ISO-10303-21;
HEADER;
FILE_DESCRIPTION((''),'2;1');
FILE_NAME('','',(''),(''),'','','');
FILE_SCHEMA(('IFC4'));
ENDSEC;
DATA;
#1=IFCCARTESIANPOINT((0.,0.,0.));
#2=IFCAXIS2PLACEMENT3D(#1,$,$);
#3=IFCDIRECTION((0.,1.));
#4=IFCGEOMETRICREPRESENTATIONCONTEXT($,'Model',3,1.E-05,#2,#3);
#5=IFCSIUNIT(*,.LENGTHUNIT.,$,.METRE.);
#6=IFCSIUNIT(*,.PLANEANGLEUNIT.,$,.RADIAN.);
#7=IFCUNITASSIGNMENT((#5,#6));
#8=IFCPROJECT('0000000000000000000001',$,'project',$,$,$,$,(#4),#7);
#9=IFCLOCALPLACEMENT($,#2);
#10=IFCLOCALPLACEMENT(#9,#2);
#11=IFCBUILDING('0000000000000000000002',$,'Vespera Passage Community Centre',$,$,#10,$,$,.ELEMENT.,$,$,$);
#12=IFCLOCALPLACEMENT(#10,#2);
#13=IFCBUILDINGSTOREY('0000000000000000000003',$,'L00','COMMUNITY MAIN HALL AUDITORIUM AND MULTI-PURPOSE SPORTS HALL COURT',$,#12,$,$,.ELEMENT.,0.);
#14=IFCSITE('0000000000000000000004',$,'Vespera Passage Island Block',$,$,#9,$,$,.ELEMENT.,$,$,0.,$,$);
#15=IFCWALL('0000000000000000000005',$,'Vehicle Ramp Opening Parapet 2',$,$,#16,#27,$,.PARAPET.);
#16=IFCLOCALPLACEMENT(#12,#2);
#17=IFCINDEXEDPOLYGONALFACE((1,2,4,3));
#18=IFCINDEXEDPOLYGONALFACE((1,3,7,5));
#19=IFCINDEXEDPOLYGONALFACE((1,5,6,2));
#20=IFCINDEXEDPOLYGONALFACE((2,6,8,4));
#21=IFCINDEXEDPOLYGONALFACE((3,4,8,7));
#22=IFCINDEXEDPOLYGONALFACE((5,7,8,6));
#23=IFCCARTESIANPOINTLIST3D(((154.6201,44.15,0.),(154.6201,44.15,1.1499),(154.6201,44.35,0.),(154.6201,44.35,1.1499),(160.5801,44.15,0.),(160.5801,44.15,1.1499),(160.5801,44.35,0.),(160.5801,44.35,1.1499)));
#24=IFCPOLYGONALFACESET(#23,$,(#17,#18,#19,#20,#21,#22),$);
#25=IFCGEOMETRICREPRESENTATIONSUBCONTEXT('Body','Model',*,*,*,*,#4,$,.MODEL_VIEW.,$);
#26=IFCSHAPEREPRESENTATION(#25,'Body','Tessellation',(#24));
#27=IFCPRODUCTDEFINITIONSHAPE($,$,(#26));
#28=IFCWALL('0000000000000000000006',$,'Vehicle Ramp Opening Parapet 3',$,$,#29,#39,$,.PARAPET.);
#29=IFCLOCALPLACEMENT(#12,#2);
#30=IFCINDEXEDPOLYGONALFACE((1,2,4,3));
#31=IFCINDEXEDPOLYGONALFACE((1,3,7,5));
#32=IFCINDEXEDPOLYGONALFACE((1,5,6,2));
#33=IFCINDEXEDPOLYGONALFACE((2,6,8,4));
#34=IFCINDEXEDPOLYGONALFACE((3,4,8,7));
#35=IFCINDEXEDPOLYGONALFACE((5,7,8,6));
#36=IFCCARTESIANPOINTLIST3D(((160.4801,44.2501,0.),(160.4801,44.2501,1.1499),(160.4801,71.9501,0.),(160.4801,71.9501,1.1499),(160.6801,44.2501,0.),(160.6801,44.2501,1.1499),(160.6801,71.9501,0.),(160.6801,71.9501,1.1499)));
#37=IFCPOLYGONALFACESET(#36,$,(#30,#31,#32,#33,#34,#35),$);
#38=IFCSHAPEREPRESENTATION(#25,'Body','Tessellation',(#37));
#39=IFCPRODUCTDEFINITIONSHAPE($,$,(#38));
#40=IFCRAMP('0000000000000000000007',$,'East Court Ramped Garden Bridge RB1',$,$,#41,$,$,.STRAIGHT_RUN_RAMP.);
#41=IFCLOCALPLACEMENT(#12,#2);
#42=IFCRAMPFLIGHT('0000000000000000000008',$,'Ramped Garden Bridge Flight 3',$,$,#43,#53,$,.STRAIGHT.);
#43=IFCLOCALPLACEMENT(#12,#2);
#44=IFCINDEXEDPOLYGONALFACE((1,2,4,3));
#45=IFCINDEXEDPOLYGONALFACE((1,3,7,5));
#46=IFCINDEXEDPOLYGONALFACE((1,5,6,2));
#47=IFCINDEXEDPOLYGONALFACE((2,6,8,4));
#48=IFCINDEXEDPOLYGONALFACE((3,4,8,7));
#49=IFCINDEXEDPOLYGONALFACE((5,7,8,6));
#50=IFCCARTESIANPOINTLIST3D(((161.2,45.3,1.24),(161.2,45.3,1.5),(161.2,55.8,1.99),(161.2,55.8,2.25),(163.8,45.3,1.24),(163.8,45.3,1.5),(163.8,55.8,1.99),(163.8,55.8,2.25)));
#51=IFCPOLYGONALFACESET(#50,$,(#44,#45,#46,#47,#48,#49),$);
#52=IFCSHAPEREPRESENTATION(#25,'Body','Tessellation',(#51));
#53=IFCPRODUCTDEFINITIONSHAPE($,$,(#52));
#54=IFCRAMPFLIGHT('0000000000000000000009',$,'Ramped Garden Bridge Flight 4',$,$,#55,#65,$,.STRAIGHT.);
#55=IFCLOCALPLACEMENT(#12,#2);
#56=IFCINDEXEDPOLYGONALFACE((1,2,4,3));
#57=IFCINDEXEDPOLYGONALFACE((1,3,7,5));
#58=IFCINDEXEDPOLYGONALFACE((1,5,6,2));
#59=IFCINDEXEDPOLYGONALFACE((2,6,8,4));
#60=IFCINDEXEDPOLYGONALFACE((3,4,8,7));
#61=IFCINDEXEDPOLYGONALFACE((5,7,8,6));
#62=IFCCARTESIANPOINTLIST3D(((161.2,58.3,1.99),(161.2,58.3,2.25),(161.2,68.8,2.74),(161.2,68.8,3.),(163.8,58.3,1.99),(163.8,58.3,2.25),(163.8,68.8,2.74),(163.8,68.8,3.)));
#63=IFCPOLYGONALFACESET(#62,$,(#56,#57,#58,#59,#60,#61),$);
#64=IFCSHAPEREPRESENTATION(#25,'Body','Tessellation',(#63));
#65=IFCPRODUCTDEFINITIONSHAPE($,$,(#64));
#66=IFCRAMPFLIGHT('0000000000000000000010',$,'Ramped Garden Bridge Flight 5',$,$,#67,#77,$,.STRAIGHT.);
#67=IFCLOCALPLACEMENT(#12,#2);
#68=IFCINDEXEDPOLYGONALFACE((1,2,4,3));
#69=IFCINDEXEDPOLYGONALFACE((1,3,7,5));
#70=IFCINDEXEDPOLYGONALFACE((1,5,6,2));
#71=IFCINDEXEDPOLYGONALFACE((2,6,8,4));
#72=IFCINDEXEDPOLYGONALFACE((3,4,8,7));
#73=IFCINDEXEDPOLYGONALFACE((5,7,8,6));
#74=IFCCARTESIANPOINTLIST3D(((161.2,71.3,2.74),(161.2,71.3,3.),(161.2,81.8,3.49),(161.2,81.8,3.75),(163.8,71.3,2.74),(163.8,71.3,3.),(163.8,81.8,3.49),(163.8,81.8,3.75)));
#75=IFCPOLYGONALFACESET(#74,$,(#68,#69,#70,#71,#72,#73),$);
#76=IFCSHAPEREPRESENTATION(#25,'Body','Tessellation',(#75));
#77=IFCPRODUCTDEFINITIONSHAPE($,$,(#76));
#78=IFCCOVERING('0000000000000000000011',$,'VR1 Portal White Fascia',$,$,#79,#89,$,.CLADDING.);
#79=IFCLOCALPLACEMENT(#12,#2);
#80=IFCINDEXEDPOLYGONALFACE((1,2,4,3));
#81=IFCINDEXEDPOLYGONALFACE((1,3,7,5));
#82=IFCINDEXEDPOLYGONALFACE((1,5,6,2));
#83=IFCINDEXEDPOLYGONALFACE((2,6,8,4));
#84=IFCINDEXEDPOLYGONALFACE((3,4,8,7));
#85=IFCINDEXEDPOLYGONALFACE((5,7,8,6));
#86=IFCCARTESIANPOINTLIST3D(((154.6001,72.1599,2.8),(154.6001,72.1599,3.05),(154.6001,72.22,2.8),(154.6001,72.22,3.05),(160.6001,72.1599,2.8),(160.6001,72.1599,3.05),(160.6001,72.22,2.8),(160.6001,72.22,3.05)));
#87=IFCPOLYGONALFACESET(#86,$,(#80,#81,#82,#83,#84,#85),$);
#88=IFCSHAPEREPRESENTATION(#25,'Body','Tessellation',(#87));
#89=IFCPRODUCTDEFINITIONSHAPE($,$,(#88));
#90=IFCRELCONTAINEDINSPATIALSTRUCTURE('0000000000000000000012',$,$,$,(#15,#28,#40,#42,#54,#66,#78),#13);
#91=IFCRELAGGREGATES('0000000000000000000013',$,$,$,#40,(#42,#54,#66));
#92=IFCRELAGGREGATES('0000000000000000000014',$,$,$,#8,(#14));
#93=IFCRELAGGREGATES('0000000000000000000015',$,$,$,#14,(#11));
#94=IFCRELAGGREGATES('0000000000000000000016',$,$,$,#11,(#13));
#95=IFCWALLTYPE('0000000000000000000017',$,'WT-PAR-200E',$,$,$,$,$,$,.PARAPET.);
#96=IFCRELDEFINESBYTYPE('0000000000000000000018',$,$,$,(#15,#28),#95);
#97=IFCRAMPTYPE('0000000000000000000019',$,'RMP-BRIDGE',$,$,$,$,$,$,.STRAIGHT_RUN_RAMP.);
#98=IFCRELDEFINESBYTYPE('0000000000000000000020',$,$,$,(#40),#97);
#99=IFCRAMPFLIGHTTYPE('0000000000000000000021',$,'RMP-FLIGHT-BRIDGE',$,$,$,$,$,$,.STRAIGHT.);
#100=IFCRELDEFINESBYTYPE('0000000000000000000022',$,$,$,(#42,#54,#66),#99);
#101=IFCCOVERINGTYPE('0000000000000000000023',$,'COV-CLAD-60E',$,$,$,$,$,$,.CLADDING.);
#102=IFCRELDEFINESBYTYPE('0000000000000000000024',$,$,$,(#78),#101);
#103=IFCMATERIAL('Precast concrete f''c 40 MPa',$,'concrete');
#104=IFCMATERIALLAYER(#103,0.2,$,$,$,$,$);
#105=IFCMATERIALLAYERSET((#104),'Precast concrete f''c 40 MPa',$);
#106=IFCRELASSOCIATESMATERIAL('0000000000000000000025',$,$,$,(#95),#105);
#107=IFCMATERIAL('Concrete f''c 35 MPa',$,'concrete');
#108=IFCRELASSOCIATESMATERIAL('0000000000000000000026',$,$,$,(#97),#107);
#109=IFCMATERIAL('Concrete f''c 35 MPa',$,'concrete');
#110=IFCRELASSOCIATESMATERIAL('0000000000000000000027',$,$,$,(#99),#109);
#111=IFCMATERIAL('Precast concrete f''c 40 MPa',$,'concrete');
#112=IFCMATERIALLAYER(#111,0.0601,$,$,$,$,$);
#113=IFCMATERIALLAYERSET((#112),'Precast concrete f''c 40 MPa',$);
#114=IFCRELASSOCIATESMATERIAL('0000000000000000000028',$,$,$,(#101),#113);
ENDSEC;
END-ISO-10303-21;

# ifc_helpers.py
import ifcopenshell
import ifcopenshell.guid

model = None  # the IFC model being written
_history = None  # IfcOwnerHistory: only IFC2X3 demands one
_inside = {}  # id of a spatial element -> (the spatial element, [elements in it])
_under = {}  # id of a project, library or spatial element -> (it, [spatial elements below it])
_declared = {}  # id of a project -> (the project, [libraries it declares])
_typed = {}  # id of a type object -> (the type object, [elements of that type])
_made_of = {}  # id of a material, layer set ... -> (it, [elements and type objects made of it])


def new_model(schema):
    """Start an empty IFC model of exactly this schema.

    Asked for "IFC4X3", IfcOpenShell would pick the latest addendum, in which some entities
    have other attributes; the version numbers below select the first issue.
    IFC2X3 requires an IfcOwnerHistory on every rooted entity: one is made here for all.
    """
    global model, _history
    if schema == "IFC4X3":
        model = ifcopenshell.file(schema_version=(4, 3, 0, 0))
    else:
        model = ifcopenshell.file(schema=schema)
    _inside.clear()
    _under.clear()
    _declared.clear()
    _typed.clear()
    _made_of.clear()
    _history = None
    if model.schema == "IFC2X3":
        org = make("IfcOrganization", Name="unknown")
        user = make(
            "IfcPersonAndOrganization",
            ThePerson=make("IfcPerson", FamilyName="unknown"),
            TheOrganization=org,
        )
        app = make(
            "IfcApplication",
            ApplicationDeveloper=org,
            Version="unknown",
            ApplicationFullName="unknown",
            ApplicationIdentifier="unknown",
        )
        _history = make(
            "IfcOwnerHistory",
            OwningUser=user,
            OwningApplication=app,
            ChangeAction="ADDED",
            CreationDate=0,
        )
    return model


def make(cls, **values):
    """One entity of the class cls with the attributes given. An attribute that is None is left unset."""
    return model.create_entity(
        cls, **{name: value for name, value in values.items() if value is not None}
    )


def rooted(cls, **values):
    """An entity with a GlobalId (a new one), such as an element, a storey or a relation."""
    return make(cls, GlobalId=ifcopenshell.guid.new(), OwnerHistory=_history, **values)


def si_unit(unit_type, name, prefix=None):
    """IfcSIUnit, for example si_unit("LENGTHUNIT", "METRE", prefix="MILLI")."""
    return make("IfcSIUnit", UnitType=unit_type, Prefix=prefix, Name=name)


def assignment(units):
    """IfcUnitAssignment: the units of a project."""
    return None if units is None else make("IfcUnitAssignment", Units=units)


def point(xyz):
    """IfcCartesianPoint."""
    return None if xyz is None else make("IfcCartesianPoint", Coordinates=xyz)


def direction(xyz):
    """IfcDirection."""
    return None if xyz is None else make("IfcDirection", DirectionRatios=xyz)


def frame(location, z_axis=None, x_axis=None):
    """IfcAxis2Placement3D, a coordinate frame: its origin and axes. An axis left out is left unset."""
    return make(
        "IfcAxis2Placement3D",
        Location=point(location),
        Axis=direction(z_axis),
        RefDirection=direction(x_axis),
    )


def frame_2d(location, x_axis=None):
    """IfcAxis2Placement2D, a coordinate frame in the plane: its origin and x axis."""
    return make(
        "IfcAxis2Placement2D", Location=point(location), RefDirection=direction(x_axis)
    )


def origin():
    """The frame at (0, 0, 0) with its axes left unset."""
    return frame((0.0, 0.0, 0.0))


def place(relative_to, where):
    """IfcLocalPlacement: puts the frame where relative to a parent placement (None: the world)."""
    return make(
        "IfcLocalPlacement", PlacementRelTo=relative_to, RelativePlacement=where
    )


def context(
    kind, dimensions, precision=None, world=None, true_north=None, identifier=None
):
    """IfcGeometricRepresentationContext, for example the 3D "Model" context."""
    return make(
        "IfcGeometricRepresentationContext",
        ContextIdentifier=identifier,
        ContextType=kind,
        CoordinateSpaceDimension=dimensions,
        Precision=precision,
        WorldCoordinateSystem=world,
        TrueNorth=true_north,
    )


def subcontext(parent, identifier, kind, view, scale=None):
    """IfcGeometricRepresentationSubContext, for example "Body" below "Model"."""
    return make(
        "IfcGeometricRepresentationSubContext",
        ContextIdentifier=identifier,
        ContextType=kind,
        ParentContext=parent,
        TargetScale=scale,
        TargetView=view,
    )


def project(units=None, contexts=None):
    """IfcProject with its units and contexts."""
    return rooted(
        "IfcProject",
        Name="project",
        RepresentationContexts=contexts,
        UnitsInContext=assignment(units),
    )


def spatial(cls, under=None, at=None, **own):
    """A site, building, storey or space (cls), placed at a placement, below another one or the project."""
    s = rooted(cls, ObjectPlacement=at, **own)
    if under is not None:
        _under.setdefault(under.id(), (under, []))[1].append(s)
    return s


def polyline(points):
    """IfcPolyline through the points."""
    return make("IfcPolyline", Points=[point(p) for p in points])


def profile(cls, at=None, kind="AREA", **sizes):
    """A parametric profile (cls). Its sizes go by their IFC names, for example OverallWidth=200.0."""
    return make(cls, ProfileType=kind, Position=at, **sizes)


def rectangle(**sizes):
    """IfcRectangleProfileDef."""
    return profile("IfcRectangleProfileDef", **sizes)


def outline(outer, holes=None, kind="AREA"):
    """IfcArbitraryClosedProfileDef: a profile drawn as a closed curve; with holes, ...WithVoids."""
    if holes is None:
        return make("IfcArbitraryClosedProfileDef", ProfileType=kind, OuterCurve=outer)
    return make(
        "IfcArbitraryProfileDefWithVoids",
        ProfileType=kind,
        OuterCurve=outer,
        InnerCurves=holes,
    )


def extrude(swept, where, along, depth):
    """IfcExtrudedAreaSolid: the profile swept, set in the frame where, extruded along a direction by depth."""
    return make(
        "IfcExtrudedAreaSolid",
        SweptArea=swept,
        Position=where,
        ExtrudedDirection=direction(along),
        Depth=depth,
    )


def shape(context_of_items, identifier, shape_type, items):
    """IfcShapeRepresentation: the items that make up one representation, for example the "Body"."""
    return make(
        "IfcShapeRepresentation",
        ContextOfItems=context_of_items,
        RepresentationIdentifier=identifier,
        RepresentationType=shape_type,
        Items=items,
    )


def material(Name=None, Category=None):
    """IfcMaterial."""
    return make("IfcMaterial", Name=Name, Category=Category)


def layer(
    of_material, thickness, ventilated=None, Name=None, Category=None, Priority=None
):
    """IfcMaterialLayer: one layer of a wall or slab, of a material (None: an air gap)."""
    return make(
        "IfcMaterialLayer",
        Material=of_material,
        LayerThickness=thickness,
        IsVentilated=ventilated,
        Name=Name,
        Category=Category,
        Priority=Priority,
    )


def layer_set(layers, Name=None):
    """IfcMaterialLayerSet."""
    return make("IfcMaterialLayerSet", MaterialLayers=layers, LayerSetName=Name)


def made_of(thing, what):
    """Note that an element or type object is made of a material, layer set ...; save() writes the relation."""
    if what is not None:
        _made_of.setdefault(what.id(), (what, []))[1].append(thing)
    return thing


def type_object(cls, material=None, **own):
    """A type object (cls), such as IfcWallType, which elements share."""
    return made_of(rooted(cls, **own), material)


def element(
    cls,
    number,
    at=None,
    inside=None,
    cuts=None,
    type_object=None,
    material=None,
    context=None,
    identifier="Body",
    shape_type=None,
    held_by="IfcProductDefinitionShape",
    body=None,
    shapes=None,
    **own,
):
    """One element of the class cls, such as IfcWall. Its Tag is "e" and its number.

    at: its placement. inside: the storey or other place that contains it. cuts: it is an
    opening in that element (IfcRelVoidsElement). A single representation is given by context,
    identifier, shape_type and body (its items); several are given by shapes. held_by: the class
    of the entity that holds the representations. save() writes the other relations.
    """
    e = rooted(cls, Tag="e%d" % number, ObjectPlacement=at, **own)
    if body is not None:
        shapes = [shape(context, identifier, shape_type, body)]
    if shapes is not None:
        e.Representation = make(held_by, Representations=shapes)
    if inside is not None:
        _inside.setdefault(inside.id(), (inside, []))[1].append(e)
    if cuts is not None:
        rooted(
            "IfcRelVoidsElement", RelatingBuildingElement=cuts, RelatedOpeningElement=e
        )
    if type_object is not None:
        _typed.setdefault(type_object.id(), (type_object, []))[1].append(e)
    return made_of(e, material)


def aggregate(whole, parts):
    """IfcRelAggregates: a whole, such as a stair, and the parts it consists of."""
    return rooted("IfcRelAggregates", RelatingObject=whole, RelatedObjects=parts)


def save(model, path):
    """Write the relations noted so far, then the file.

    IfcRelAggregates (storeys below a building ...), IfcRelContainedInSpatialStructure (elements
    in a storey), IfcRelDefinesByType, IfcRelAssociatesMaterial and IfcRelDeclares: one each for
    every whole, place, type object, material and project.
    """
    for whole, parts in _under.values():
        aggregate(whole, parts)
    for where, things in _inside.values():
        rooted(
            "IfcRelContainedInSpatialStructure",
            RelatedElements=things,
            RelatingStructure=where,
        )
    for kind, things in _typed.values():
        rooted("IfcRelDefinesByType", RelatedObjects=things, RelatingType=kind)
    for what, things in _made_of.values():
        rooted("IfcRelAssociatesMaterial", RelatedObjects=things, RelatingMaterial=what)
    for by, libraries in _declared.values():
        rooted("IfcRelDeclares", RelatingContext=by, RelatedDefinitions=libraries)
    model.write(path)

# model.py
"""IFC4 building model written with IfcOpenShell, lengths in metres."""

from ifc_helpers import new_model, si_unit, direction, frame, frame_2d, origin, place, context, subcontext, project, spatial, polyline, rectangle, outline, extrude, material, layer, layer_set, type_object, element, aggregate, save


model = new_model("IFC4")

# Units and contexts
model_context = context("Model", 3, precision=1e-05, world=origin(), true_north=direction((0.0, 1.0)))
body_context = subcontext(model_context, "Body", "Model", "MODEL_VIEW")
ifc_project = project(units=[si_unit("LENGTHUNIT", "METRE"), si_unit("PLANEANGLEUNIT", "RADIAN")], contexts=[model_context])

# Site, building, storey
site_placement = place(None, origin())
site = spatial("IfcSite", under=ifc_project, at=site_placement, Name="Vespera Passage Island Block", CompositionType="ELEMENT", RefElevation=0.0)
building_placement = place(site_placement, origin())
building = spatial("IfcBuilding", under=site, at=building_placement, Name="Vespera Passage Community Centre", CompositionType="ELEMENT")
storey_placement = place(building_placement, origin())
storey = spatial("IfcBuildingStorey", under=building, at=storey_placement, Name="L00", Description="COMMUNITY MAIN HALL AUDITORIUM AND MULTI-PURPOSE SPORTS HALL COURT", CompositionType="ELEMENT", Elevation=0.0)

# Walls
ifc_material_1 = material(Name="Precast concrete f'c 40 MPa", Category="concrete")
ifc_layer_1 = layer(ifc_material_1, 0.2)
ifc_layer_set_1 = layer_set([ifc_layer_1], Name="Precast concrete f'c 40 MPa")
wall_type_1 = type_object("IfcWallType", Name="WT-PAR-200E", PredefinedType="PARAPET", material=ifc_layer_set_1)
wall_1_placement = place(storey_placement, frame((154.6201, 44.25, 0.0), z_axis=(0.0, 0.0, 1.0), x_axis=(1.0, 0.0, 0.0)))
element("IfcWall", 1, at=wall_1_placement, inside=storey, type_object=wall_type_1, Name="Vehicle Ramp Opening Parapet 2", PredefinedType="PARAPET", context=body_context, shape_type="SweptSolid", body=[
    extrude(rectangle(XDim=5.96, YDim=0.2, at=frame_2d((2.98, 0.0))), origin(), (0.0, 0.0, 1.0), 1.1499),
])
wall_2_placement = place(storey_placement, frame((160.5801, 44.25, 0.0), z_axis=(0.0, 0.0, 1.0), x_axis=(0.0, 1.0, 0.0)))
element("IfcWall", 2, at=wall_2_placement, inside=storey, type_object=wall_type_1, Name="Vehicle Ramp Opening Parapet 3", PredefinedType="PARAPET", context=body_context, shape_type="SweptSolid", body=[
    extrude(rectangle(XDim=27.7, YDim=0.2, at=frame_2d((13.8501, 0.0))), origin(), (0.0, 0.0, 1.0), 1.1499),
])

# Ramp, ramp flights
ifc_material_2 = material(Name="Concrete f'c 35 MPa", Category="concrete")
ramp_type = type_object("IfcRampType", Name="RMP-BRIDGE", PredefinedType="STRAIGHT_RUN_RAMP", material=ifc_material_2)
ramp_placement = place(storey_placement, origin())
ramp = element("IfcRamp", 3, at=ramp_placement, inside=storey, type_object=ramp_type, Name="East Court Ramped Garden Bridge RB1", PredefinedType="STRAIGHT_RUN_RAMP")
ifc_material_3 = material(Name="Concrete f'c 35 MPa", Category="concrete")
ramp_flight_type = type_object("IfcRampFlightType", Name="RMP-FLIGHT-BRIDGE", PredefinedType="STRAIGHT", material=ifc_material_3)
ramp_flight_1_placement = place(storey_placement, frame((162.5, 45.3, 1.5), z_axis=(0.0, 0.0, 1.0), x_axis=(0.0, 1.0, 0.0)))
ramp_flight_1 = element("IfcRampFlight", 4, at=ramp_flight_1_placement, inside=storey, type_object=ramp_flight_type, Name="Ramped Garden Bridge Flight 3", PredefinedType="STRAIGHT", context=body_context, shape_type="SweptSolid", body=[
    extrude(outline(polyline([(0.0, 0.0), (10.5, 0.75), (10.5, 0.49), (0.0, -0.26), (0.0, 0.0)])), frame((0.0, 1.3, 0.0), z_axis=(0.0, -1.0, 0.0), x_axis=(1.0, 0.0, 0.0)), (0.0, 0.0, 1.0), 2.6001),
])
ramp_flight_2_placement = place(storey_placement, frame((162.5, 58.3, 2.25), z_axis=(0.0, 0.0, 1.0), x_axis=(0.0, 1.0, 0.0)))
ramp_flight_2 = element("IfcRampFlight", 5, at=ramp_flight_2_placement, inside=storey, type_object=ramp_flight_type, Name="Ramped Garden Bridge Flight 4", PredefinedType="STRAIGHT", context=body_context, shape_type="SweptSolid", body=[
    extrude(outline(polyline([(0.0, 0.0), (10.5, 0.75), (10.5, 0.49), (0.0, -0.26), (0.0, 0.0)])), frame((0.0, 1.3, 0.0), z_axis=(0.0, -1.0, 0.0), x_axis=(1.0, 0.0, 0.0)), (0.0, 0.0, 1.0), 2.6001),
])
ramp_flight_3_placement = place(storey_placement, frame((162.5, 71.3, 3.0), z_axis=(0.0, 0.0, 1.0), x_axis=(0.0, 1.0, 0.0)))
ramp_flight_3 = element("IfcRampFlight", 6, at=ramp_flight_3_placement, inside=storey, type_object=ramp_flight_type, Name="Ramped Garden Bridge Flight 5", PredefinedType="STRAIGHT", context=body_context, shape_type="SweptSolid", body=[
    extrude(outline(polyline([(0.0, 0.0), (10.5, 0.75), (10.5, 0.49), (0.0, -0.26), (0.0, 0.0)])), frame((0.0, 1.3, 0.0), z_axis=(0.0, -1.0, 0.0), x_axis=(1.0, 0.0, 0.0)), (0.0, 0.0, 1.0), 2.6001),
])
aggregate(ramp, [ramp_flight_1, ramp_flight_2, ramp_flight_3])

# Covering
ifc_material_4 = material(Name="Precast concrete f'c 40 MPa", Category="concrete")
ifc_layer_2 = layer(ifc_material_4, 0.0601)
ifc_layer_set_2 = layer_set([ifc_layer_2], Name="Precast concrete f'c 40 MPa")
covering_type = type_object("IfcCoveringType", Name="COV-CLAD-60E", PredefinedType="CLADDING", material=ifc_layer_set_2)
covering_placement = place(storey_placement, frame((154.6001, 72.1899, 2.8), z_axis=(0.0, 0.0, 1.0), x_axis=(1.0, 0.0, 0.0)))
element("IfcCovering", 7, at=covering_placement, inside=storey, type_object=covering_type, Name="VR1 Portal White Fascia", PredefinedType="CLADDING", context=body_context, shape_type="SweptSolid", body=[
    extrude(rectangle(XDim=6.0, YDim=0.0601, at=frame_2d((3.0, 0.0))), origin(), (0.0, 0.0, 1.0), 0.25),
])

save(model, "model.ifc")
